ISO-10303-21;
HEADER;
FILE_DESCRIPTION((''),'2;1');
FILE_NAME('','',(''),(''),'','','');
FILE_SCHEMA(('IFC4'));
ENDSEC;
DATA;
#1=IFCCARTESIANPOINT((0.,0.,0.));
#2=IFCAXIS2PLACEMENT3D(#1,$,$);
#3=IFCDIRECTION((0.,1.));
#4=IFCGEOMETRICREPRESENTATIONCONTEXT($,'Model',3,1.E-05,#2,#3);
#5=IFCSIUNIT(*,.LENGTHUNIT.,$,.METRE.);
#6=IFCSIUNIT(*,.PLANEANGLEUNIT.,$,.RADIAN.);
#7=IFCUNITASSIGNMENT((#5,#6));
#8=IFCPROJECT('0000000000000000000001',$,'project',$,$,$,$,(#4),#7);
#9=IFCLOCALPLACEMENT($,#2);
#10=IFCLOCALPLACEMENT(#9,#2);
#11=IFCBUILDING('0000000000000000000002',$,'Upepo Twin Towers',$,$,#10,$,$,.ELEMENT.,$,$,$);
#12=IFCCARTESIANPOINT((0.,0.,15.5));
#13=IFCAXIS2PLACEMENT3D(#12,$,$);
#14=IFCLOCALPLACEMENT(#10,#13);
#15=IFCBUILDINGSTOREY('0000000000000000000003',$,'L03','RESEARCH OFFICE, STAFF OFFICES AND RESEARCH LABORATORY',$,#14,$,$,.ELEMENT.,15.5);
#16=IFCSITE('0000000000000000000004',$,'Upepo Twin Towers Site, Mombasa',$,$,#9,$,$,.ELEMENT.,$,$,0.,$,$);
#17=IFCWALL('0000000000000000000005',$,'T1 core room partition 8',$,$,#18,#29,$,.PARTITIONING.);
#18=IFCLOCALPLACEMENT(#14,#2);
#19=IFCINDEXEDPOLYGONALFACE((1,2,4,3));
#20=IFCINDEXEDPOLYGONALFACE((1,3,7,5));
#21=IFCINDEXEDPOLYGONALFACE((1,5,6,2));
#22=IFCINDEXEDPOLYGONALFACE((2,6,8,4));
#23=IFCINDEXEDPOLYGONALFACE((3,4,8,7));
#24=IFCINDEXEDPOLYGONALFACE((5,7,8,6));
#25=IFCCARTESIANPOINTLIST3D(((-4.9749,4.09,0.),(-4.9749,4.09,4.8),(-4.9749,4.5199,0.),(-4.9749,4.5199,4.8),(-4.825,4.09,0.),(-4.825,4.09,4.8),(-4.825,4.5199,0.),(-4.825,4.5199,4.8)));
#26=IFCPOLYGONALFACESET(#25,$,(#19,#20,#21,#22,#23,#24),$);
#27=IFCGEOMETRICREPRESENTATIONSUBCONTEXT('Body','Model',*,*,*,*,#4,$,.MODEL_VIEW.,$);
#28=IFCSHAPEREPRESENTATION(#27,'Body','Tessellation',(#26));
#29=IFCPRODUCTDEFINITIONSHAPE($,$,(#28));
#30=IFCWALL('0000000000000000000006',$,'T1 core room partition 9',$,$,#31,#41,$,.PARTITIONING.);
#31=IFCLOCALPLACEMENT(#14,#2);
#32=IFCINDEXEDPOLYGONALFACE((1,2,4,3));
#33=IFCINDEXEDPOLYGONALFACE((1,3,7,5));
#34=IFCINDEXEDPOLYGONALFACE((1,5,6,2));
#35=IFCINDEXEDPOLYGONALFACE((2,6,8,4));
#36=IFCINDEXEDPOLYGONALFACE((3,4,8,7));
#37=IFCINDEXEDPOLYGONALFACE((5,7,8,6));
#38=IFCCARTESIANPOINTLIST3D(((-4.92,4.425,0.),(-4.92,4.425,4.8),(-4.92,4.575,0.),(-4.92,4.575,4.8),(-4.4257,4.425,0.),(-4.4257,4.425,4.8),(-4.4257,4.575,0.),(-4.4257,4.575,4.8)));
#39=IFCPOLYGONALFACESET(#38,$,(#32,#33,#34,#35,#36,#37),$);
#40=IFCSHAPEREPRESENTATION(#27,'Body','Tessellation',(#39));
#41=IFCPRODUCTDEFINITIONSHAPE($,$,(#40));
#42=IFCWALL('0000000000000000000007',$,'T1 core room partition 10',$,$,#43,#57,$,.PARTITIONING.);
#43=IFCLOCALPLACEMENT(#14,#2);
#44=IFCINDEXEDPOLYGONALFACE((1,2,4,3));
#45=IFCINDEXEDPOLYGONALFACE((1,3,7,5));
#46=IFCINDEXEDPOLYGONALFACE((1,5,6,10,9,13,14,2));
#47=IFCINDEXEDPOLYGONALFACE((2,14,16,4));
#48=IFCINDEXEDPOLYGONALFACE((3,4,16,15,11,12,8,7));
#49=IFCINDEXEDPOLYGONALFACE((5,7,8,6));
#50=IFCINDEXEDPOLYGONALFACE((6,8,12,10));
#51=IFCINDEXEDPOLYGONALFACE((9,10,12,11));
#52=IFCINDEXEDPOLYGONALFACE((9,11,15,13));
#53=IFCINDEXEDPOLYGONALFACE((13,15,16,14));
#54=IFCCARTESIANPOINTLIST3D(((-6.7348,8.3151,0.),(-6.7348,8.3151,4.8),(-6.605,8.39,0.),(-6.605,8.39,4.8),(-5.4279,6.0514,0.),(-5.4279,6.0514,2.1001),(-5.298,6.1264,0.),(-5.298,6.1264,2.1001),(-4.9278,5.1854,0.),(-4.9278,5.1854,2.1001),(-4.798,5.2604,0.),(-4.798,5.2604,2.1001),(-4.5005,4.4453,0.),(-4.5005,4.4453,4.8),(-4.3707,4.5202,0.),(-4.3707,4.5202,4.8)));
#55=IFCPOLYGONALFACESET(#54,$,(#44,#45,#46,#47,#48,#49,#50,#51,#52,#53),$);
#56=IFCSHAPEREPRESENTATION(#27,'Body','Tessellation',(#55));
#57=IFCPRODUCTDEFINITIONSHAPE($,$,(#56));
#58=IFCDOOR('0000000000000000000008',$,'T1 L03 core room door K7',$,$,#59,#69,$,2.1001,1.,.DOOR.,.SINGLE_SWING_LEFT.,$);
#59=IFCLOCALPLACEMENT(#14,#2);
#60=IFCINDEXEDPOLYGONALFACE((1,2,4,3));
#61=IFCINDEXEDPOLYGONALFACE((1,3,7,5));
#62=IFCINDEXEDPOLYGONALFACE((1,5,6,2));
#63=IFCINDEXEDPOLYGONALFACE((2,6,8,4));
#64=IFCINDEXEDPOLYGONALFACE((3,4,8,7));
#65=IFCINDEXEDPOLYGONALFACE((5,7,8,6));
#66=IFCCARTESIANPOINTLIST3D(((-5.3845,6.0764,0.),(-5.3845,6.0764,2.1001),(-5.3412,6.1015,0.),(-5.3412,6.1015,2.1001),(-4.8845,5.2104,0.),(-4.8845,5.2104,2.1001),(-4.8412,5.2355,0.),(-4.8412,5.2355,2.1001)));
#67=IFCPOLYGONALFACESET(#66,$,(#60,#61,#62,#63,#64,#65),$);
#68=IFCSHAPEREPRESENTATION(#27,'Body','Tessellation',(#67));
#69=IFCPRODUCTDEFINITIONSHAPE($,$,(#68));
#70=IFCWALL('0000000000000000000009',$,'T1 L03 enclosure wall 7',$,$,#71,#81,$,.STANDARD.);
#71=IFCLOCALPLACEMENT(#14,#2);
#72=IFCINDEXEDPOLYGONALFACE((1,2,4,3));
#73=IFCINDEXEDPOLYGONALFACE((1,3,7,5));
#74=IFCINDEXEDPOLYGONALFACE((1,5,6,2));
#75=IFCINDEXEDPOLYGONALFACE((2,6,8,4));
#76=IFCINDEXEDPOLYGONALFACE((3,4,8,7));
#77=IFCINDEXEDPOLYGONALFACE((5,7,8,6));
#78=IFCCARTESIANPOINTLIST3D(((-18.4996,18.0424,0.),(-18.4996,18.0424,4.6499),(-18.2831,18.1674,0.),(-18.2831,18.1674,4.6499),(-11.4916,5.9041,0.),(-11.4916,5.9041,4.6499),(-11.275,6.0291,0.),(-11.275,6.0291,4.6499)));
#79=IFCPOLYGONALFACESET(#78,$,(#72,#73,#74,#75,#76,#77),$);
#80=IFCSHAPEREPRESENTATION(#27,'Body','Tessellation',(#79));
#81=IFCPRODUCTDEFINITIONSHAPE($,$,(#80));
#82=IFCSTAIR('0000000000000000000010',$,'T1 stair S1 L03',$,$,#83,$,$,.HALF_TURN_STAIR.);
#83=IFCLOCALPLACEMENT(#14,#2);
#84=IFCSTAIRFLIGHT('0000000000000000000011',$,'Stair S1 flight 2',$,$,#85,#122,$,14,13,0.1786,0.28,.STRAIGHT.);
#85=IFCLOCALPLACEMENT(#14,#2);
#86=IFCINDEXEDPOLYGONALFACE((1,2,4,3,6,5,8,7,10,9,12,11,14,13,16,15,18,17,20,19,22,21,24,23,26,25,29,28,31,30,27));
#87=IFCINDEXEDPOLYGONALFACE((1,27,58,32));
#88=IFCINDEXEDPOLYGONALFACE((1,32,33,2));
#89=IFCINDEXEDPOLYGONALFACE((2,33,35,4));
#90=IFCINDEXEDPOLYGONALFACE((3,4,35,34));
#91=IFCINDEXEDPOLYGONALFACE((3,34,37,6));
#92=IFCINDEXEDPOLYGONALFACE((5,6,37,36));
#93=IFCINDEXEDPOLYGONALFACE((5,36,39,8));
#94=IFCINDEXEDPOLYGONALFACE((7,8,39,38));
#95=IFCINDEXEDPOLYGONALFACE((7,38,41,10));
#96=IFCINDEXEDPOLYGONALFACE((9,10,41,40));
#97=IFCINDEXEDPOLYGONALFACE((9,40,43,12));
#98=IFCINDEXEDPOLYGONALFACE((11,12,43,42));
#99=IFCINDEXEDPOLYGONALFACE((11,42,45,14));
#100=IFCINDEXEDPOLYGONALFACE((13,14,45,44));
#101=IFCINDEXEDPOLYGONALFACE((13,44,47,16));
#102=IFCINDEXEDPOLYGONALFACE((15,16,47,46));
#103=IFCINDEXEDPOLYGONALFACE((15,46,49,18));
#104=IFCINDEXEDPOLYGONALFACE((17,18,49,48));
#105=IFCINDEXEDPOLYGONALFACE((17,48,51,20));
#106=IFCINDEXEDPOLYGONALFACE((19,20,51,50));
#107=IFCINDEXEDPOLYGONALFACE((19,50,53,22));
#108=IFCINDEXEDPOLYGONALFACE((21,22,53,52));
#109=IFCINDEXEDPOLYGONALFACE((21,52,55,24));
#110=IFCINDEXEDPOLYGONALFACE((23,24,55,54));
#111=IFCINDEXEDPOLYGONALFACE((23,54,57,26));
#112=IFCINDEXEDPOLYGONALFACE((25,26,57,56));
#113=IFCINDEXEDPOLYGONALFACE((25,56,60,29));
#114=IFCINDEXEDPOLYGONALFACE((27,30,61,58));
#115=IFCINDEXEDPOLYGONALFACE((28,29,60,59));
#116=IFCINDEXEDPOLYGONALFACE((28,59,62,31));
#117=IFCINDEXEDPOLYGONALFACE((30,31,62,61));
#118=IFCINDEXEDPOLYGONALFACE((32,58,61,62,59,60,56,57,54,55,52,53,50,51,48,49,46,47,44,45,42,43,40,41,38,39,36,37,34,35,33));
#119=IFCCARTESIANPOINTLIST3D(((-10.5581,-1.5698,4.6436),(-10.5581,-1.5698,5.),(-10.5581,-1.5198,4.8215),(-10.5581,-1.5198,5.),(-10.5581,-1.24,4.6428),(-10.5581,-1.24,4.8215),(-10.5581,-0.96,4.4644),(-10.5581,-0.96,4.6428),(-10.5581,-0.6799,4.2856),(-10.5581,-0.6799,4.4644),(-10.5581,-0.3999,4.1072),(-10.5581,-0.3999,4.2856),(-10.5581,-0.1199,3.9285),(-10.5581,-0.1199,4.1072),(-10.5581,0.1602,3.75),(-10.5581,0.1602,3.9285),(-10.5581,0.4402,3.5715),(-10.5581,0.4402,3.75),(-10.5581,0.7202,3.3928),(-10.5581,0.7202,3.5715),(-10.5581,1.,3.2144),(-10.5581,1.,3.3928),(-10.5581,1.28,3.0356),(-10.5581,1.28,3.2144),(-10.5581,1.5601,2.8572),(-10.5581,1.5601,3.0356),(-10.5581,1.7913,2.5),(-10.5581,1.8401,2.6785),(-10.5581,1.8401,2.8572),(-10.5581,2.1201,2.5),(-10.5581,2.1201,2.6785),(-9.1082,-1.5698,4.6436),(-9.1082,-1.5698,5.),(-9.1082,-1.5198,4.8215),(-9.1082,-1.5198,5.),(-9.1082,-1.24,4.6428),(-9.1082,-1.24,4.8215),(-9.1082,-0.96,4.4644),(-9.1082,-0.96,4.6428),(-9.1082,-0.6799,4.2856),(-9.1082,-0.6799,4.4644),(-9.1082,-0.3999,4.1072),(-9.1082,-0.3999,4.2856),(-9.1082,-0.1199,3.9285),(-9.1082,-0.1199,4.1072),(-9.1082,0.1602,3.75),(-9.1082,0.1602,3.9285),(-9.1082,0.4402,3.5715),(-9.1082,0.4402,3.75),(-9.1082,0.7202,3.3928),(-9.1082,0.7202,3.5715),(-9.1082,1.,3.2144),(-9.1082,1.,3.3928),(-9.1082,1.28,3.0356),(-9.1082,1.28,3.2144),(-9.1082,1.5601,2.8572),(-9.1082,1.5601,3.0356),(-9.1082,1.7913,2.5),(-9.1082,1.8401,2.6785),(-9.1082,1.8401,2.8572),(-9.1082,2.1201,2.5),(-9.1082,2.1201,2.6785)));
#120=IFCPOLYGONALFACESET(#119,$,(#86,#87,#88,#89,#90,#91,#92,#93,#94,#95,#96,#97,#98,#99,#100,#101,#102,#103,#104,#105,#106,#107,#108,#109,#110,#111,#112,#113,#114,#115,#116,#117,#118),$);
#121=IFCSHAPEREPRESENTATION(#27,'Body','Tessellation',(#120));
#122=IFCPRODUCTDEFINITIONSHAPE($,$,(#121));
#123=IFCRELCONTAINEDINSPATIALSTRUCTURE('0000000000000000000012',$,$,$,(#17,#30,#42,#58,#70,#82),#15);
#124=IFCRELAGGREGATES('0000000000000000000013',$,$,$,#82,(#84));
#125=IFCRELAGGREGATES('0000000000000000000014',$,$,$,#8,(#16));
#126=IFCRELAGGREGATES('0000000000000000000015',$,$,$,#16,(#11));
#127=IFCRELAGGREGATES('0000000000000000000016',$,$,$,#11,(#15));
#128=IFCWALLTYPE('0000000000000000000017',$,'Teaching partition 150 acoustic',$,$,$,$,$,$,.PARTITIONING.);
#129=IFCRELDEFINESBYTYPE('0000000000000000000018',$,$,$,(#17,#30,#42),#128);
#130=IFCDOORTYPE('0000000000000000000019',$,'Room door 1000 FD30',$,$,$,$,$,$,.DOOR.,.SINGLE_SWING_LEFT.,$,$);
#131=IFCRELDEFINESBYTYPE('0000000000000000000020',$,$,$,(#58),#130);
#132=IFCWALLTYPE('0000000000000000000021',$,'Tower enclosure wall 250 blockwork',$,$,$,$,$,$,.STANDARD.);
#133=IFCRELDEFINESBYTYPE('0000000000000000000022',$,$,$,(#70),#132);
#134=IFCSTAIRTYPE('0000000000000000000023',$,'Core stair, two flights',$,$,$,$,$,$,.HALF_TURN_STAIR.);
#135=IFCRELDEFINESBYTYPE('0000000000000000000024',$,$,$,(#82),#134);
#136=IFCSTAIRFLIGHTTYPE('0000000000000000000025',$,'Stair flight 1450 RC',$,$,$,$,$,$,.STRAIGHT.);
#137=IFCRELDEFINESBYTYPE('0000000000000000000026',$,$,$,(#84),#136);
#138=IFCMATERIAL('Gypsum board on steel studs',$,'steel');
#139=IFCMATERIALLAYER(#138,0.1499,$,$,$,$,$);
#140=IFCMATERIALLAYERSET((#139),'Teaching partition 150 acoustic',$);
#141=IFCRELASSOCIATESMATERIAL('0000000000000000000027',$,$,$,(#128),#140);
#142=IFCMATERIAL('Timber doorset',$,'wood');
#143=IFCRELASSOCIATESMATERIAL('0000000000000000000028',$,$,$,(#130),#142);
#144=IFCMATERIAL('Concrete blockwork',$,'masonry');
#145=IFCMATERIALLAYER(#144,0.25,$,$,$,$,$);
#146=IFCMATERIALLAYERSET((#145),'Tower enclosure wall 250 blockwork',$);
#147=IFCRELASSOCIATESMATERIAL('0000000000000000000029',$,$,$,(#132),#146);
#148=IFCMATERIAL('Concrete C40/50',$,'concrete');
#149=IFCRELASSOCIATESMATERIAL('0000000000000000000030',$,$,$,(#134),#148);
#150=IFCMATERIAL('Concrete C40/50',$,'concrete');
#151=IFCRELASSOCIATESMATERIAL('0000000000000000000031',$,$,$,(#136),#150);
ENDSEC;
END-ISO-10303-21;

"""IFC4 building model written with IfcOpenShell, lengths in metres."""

from ifc_helpers import new_model, si_unit, direction, frame, frame_2d, origin, place, context, subcontext, project, spatial, polyline, rectangle, outline, extrude, material, layer, layer_set, type_object, element, fill, aggregate, save


model = new_model("IFC4")

# Units and contexts
model_context = context("Model", 3, precision=1e-05, world=origin(), true_north=direction((0.0, 1.0)))
body_context = subcontext(model_context, "Body", "Model", "MODEL_VIEW")
ifc_project = project(units=[si_unit("LENGTHUNIT", "METRE"), si_unit("PLANEANGLEUNIT", "RADIAN")], contexts=[model_context])

# Site, building, storey
site_placement = place(None, origin())
site = spatial("IfcSite", under=ifc_project, at=site_placement, Name="Upepo Twin Towers Site, Mombasa", CompositionType="ELEMENT", RefElevation=0.0)
building_placement = place(site_placement, origin())
building = spatial("IfcBuilding", under=site, at=building_placement, Name="Upepo Twin Towers", CompositionType="ELEMENT")
storey_placement = place(building_placement, frame((0.0, 0.0, 15.5)))
storey = spatial("IfcBuildingStorey", under=building, at=storey_placement, Name="L03", Description="RESEARCH OFFICE, STAFF OFFICES AND RESEARCH LABORATORY", CompositionType="ELEMENT", Elevation=15.5)

# Walls
ifc_material_1 = material(Name="Gypsum board on steel studs", Category="steel")
ifc_layer_1 = layer(ifc_material_1, 0.1499)
ifc_layer_set_1 = layer_set([ifc_layer_1], Name="Teaching partition 150 acoustic")
wall_type_1 = type_object("IfcWallType", Name="Teaching partition 150 acoustic", PredefinedType="PARTITIONING", material=ifc_layer_set_1)
wall_1_placement = place(storey_placement, frame((-4.8999, 4.0901, 0.0), z_axis=(0.0, 0.0, 1.0), x_axis=(0.0, 1.0, 0.0)))
element("IfcWall", 1, at=wall_1_placement, inside=storey, type_object=wall_type_1, Name="T1 core room partition 8", PredefinedType="PARTITIONING", context=body_context, shape_type="SweptSolid", body=[
    extrude(rectangle(XDim=0.4299, YDim=0.1499, at=frame_2d((0.2148, 0.0))), origin(), (0.0, 0.0, 1.0), 4.8),
])
wall_2_placement = place(storey_placement, frame((-4.9199, 4.5, 0.0), z_axis=(0.0, 0.0, 1.0), x_axis=(1.0, 0.0, 0.0)))
element("IfcWall", 2, at=wall_2_placement, inside=storey, type_object=wall_type_1, Name="T1 core room partition 9", PredefinedType="PARTITIONING", context=body_context, shape_type="SweptSolid", body=[
    extrude(rectangle(XDim=0.4944, YDim=0.1499, at=frame_2d((0.2471, 0.0))), origin(), (0.0, 0.0, 1.0), 4.8),
])

# Wall, opening, door
wall_3_placement = place(storey_placement, frame((-4.4355, 4.4827, 0.0), z_axis=(0.0, 0.0, 1.0), x_axis=(-0.500017, 0.866015, 0.0)))
wall_3 = element("IfcWall", 3, at=wall_3_placement, inside=storey, type_object=wall_type_1, Name="T1 core room partition 10", PredefinedType="PARTITIONING", context=body_context, shape_type="SweptSolid", body=[
    extrude(rectangle(XDim=4.4685, YDim=0.1499, at=frame_2d((2.2344, 0.0))), origin(), (0.0, 0.0, 1.0), 4.8),
])
opening_1_placement = place(wall_3_placement, frame((0.8547, 0.0, 0.0)))
opening_1 = element("IfcOpeningElement", 4, at=opening_1_placement, cuts=wall_3, PredefinedType="OPENING", context=body_context, shape_type="SweptSolid", body=[
    extrude(rectangle(XDim=1.0, YDim=2.1001, at=frame_2d((0.5, 1.05))), frame((0.0, 0.085, 0.0), z_axis=(0.0, -1.0, 0.0), x_axis=(1.0, 0.0, 0.0)), (0.0, 0.0, 1.0), 0.1699),
])
ifc_material_2 = material(Name="Timber doorset", Category="wood")
door_type_1 = type_object("IfcDoorType", Name="Room door 1000 FD30", OperationType="SINGLE_SWING_LEFT", PredefinedType="DOOR", material=ifc_material_2)
door_1_placement = place(opening_1_placement, origin())
door_1 = element("IfcDoor", 5, at=door_1_placement, inside=storey, type_object=door_type_1, Name="T1 L03 core room door K7", OperationType="SINGLE_SWING_LEFT", OverallHeight=2.1001, OverallWidth=1.0, PredefinedType="DOOR", context=body_context, shape_type="SweptSolid", body=[
    extrude(rectangle(XDim=1.0, YDim=2.1001, at=frame_2d((0.5, 1.05))), frame((0.0, 0.0249, 0.0), z_axis=(0.0, -1.0, 0.0), x_axis=(1.0, 0.0, 0.0)), (0.0, 0.0, 1.0), 0.05),
])
fill(opening_1, door_1)

# Wall
ifc_material_3 = material(Name="Concrete blockwork", Category="masonry")
ifc_layer_2 = layer(ifc_material_3, 0.25)
ifc_layer_set_2 = layer_set([ifc_layer_2], Name="Tower enclosure wall 250 blockwork")
wall_type_2 = type_object("IfcWallType", Name="Tower enclosure wall 250 blockwork", PredefinedType="STANDARD", material=ifc_layer_set_2)
wall_4_placement = place(storey_placement, frame((-11.3833, 5.9666, 0.0), z_axis=(0.0, 0.0, 1.0), x_axis=(-0.499996, 0.866028, 0.0)))
element("IfcWall", 6, at=wall_4_placement, inside=storey, type_object=wall_type_2, Name="T1 L03 enclosure wall 7", PredefinedType="STANDARD", context=body_context, shape_type="SweptSolid", body=[
    extrude(rectangle(XDim=14.0161, YDim=0.25, at=frame_2d((7.0081, 0.0))), origin(), (0.0, 0.0, 1.0), 4.6499),
])

# Stair, stair flight
ifc_material_4 = material(Name="Concrete C40/50", Category="concrete")
stair_type = type_object("IfcStairType", Name="Core stair, two flights", PredefinedType="HALF_TURN_STAIR", material=ifc_material_4)
stair_placement = place(storey_placement, origin())
stair = element("IfcStair", 7, at=stair_placement, inside=storey, type_object=stair_type, Name="T1 stair S1 L03", PredefinedType="HALF_TURN_STAIR")
ifc_material_5 = material(Name="Concrete C40/50", Category="concrete")
stair_flight_type = type_object("IfcStairFlightType", Name="Stair flight 1450 RC", PredefinedType="STRAIGHT", material=ifc_material_5)
stair_flight_placement = place(storey_placement, frame((-9.8333, 2.1201, 2.5), z_axis=(0.0, 0.0, 1.0), x_axis=(0.0, -1.0, 0.0)))
stair_flight = element("IfcStairFlight", 8, at=stair_flight_placement, type_object=stair_flight_type, Name="Stair S1 flight 2", NumberOfRisers=14, NumberOfTreads=13, PredefinedType="STRAIGHT", RiserHeight=0.1786, TreadLength=0.28, context=body_context, shape_type="SweptSolid", body=[
    extrude(outline(polyline([(0.0, 0.0), (0.0, 0.1785), (0.28, 0.1785), (0.28, 0.3572), (0.5601, 0.3572), (0.5601, 0.5356), (0.8401, 0.5356), (0.8401, 0.7144), (1.1201, 0.7144), (1.1201, 0.8928), (1.3999, 0.8928), (1.3999, 1.0715), (1.6799, 1.0715), (1.6799, 1.25), (1.96, 1.25), (1.96, 1.4285), (2.24, 1.4285), (2.24, 1.6072), (2.52, 1.6072), (2.52, 1.7856), (2.8, 1.7856), (2.8, 1.9644), (3.0801, 1.9644), (3.0801, 2.1428), (3.3601, 2.1428), (3.3601, 2.3215), (3.6399, 2.3215), (3.6399, 2.5), (3.6899, 2.5), (3.6899, 2.1436), (0.3289, 0.0), (0.0, 0.0)])), frame((0.0, 0.7251, 0.0), z_axis=(0.0, -1.0, 0.0), x_axis=(1.0, 0.0, 0.0)), (0.0, 0.0, 1.0), 1.45),
])
aggregate(stair, [stair_flight])

save(model, "model.ifc")
